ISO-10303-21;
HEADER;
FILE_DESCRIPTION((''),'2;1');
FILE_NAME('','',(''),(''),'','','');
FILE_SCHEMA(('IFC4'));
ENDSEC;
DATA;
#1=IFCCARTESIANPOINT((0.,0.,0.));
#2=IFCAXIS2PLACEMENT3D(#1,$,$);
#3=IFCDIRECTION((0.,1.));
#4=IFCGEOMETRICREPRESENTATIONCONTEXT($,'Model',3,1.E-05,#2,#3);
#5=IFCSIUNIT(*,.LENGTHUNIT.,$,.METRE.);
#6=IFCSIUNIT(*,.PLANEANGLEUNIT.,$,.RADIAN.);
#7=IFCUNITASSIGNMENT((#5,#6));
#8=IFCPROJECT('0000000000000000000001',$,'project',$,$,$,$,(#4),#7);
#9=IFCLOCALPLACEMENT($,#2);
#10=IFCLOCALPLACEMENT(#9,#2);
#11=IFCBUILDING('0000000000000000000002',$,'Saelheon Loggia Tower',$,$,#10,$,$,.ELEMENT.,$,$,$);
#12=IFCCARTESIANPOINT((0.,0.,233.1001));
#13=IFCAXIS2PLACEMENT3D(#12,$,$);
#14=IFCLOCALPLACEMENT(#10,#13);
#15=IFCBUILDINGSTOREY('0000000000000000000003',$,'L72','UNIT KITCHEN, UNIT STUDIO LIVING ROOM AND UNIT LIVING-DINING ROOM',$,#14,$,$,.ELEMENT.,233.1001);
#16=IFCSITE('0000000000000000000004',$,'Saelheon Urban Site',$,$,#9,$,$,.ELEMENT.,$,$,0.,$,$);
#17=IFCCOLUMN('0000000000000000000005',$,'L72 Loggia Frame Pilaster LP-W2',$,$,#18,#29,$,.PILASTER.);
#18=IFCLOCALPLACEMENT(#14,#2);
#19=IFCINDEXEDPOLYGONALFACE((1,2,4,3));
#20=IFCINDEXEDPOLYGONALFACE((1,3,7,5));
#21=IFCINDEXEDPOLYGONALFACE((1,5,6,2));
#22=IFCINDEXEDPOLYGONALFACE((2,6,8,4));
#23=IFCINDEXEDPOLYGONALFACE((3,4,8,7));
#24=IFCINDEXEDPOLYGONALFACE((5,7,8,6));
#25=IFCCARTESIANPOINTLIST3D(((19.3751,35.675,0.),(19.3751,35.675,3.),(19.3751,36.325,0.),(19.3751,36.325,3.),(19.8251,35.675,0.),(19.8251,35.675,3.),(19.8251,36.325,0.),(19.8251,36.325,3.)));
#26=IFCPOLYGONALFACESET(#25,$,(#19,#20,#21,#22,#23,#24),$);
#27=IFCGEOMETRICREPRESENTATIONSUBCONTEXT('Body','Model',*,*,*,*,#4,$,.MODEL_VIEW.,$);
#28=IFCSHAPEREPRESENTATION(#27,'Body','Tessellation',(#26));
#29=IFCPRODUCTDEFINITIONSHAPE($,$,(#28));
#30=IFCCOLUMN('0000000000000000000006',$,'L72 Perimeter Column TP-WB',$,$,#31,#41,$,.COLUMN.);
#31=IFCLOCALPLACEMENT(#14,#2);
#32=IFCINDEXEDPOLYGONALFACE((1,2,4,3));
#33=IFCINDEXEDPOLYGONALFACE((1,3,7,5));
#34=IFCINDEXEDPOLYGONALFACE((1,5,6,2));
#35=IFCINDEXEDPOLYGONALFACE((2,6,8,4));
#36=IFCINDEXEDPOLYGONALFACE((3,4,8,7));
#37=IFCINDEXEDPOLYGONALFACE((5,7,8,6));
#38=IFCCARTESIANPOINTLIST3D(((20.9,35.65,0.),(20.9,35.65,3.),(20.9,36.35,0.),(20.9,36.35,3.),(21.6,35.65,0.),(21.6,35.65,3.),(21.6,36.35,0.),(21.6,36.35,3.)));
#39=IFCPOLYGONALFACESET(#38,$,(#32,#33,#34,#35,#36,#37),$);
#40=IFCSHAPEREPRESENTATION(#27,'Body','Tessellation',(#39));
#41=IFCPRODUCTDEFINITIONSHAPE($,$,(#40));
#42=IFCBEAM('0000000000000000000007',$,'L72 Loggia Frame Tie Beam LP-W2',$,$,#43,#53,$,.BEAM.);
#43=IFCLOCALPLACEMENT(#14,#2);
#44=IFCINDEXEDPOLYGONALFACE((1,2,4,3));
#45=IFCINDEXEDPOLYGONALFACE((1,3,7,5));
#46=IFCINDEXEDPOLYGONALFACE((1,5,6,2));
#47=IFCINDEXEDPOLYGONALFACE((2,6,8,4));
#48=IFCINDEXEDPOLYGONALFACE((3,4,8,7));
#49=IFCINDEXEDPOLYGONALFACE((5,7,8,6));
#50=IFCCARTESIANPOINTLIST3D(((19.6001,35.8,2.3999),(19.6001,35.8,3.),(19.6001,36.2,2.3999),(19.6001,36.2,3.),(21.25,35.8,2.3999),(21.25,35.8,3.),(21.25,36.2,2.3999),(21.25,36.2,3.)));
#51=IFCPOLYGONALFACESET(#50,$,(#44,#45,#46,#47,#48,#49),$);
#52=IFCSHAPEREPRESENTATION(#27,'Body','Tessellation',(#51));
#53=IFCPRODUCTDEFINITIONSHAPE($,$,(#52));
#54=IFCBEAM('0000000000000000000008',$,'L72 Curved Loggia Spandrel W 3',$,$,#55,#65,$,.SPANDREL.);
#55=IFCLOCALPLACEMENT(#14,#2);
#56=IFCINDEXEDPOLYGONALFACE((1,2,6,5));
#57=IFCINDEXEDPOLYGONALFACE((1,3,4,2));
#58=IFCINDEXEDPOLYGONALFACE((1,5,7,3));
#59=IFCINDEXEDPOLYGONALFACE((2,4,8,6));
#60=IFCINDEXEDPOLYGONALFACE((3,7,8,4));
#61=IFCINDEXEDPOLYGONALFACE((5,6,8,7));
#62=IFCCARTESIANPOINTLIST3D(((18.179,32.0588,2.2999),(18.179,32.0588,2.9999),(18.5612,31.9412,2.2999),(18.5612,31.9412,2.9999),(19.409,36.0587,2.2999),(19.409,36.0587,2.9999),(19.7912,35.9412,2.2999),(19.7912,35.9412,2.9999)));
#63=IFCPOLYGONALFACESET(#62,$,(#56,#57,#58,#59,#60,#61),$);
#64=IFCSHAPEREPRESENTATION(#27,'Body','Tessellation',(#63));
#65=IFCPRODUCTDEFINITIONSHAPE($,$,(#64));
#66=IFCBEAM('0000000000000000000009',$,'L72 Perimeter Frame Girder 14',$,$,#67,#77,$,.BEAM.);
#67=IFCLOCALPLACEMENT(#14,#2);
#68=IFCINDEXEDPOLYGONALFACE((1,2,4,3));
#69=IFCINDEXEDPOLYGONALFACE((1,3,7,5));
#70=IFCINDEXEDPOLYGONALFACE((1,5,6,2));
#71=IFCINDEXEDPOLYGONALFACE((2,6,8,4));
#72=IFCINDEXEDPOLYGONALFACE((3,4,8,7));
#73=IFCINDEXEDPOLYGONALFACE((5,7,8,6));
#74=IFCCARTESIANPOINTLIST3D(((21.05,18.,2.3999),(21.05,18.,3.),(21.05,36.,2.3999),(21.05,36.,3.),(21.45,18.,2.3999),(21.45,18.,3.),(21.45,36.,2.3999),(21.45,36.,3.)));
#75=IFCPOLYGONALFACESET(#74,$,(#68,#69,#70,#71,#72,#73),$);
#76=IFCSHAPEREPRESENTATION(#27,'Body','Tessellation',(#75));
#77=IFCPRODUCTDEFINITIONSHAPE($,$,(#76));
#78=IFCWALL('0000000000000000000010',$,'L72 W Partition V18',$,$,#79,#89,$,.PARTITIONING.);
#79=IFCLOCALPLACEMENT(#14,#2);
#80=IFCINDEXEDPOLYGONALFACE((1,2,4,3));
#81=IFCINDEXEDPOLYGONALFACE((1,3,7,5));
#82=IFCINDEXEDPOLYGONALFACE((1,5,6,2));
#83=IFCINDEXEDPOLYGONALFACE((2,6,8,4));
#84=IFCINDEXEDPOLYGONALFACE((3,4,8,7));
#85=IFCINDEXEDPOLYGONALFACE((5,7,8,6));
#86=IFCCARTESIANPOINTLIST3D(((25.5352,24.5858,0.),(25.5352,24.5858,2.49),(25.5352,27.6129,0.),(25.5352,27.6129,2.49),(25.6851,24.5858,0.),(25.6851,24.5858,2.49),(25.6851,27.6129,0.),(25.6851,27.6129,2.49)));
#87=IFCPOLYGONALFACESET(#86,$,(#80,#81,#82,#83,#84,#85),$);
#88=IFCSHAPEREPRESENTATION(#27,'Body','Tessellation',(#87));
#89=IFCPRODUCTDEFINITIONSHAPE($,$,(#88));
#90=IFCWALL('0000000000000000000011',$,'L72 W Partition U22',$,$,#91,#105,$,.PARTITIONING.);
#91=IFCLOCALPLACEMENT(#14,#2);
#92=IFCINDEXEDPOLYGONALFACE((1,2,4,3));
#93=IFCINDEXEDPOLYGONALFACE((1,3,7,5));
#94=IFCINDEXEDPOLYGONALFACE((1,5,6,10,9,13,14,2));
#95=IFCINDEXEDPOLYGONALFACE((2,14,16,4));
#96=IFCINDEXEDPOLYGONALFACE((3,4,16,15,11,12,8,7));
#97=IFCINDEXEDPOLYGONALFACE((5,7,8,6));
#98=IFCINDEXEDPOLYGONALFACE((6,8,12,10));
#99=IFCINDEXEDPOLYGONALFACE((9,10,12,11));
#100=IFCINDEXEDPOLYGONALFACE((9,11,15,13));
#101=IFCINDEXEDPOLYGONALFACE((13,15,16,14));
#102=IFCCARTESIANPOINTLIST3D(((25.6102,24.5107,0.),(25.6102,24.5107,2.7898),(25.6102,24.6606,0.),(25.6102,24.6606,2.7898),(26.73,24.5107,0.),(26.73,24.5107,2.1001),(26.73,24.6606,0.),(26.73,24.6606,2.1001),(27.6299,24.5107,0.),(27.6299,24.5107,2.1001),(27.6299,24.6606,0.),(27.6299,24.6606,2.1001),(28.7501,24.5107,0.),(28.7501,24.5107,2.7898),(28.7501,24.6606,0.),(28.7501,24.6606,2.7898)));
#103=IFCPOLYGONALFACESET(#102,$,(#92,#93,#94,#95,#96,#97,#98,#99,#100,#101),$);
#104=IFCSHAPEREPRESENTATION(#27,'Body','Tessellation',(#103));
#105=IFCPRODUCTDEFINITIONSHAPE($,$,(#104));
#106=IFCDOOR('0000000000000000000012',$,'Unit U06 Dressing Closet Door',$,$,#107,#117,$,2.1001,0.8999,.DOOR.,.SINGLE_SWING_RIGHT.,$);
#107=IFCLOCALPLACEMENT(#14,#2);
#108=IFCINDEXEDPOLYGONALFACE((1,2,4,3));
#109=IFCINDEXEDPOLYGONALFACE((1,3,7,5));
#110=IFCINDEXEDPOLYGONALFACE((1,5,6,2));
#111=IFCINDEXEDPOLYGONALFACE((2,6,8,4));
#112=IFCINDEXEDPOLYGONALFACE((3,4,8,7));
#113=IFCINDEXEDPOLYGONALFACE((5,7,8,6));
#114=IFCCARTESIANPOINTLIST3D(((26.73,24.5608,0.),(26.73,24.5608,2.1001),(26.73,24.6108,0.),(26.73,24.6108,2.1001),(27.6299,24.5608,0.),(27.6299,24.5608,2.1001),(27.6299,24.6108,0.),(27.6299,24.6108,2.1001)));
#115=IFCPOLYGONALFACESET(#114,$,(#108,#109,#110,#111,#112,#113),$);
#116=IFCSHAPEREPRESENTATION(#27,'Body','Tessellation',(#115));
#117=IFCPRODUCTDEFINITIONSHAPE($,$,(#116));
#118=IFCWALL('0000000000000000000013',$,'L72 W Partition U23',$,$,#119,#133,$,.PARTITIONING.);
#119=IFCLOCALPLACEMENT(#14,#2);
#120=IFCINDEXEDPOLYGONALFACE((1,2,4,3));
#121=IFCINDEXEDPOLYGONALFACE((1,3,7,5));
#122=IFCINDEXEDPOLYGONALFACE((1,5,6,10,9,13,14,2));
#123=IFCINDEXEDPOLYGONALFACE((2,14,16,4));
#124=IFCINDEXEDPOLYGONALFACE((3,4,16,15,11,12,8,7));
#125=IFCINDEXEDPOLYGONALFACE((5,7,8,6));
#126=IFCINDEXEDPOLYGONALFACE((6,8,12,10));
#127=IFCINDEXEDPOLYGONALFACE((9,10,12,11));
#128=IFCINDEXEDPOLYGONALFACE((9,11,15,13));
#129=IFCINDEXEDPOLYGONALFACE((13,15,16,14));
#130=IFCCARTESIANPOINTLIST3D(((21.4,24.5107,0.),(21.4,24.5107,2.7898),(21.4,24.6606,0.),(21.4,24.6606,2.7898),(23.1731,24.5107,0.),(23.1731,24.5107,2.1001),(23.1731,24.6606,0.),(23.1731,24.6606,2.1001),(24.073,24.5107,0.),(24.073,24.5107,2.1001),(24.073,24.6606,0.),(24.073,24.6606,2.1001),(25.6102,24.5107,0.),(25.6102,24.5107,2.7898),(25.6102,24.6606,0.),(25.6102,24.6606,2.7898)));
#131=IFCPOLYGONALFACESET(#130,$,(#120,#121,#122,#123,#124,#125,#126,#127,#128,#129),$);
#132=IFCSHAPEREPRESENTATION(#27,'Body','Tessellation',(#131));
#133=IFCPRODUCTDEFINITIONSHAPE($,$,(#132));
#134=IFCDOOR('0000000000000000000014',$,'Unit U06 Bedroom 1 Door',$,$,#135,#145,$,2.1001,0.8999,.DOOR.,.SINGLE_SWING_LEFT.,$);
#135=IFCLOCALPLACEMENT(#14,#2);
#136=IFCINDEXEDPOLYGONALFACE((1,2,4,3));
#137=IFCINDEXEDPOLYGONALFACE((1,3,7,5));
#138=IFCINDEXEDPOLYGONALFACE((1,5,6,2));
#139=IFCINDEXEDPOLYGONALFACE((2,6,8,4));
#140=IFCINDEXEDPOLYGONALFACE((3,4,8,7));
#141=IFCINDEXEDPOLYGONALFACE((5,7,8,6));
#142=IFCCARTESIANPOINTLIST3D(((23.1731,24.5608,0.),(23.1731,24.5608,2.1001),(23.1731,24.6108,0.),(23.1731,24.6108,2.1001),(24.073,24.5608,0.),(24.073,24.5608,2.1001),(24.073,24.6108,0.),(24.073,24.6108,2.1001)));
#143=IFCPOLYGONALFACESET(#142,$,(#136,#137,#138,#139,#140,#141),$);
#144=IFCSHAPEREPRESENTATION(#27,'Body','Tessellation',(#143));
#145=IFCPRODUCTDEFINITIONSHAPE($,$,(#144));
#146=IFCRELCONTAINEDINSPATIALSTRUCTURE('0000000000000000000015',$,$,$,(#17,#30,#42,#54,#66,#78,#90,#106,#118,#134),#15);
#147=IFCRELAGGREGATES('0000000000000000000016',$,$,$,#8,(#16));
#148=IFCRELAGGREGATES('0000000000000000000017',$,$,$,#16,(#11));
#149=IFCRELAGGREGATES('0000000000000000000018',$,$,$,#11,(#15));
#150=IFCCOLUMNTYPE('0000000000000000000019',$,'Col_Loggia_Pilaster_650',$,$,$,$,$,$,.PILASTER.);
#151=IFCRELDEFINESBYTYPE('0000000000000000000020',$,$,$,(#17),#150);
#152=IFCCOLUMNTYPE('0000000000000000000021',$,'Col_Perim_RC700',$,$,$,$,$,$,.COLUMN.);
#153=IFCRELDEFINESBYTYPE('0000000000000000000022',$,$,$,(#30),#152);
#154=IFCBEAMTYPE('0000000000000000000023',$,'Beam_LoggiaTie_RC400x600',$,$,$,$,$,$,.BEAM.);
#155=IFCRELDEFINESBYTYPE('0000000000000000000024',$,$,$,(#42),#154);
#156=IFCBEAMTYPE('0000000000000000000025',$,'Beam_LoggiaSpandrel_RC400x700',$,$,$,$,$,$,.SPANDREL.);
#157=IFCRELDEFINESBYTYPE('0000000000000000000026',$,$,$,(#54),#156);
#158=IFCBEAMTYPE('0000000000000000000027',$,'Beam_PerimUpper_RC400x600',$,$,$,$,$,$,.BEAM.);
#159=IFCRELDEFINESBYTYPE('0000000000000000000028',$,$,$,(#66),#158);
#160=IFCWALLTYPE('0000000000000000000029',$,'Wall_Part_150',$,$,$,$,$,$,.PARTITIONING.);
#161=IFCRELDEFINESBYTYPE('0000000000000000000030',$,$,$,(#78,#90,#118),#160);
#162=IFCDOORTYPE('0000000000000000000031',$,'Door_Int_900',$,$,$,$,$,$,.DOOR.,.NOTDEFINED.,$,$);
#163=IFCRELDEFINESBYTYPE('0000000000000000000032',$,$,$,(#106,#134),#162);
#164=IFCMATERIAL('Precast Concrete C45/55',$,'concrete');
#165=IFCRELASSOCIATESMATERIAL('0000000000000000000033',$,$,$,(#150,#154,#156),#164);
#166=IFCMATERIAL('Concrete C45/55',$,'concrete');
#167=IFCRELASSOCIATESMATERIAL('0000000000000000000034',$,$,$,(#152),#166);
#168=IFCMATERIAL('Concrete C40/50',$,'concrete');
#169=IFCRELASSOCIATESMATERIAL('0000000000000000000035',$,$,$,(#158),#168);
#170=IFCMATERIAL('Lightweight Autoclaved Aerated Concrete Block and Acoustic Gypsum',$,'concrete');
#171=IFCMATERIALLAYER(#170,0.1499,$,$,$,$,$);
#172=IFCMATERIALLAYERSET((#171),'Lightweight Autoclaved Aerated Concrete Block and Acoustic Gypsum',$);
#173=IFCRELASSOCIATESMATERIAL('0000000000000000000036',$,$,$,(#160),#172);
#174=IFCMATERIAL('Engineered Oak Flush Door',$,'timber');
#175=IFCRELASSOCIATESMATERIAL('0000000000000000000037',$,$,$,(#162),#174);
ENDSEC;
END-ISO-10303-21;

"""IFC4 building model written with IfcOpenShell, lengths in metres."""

from ifc_helpers import new_model, si_unit, direction, frame, frame_2d, origin, origin_2d, place, context, subcontext, project, spatial, rectangle, extrude, source, transform, mapped, material, layer, layer_set, material_profile, profile_set, type_object, element, fill, save


model = new_model("IFC4")

# Units and contexts
model_context = context("Model", 3, precision=1e-05, world=origin(), true_north=direction((0.0, 1.0)))
body_context = subcontext(model_context, "Body", "Model", "MODEL_VIEW")
ifc_project = project(units=[si_unit("LENGTHUNIT", "METRE"), si_unit("PLANEANGLEUNIT", "RADIAN")], contexts=[model_context])

# Site, building, storey
site_placement = place(None, origin())
site = spatial("IfcSite", under=ifc_project, at=site_placement, Name="Saelheon Urban Site", CompositionType="ELEMENT", RefElevation=0.0)
building_placement = place(site_placement, origin())
building = spatial("IfcBuilding", under=site, at=building_placement, Name="Saelheon Loggia Tower", CompositionType="ELEMENT")
storey_placement = place(building_placement, frame((0.0, 0.0, 233.1001)))
storey = spatial("IfcBuildingStorey", under=building, at=storey_placement, Name="L72", Description="UNIT KITCHEN, UNIT STUDIO LIVING ROOM AND UNIT LIVING-DINING ROOM", CompositionType="ELEMENT", Elevation=233.1001)

# Columns
ifc_material_1 = material(Name="Precast Concrete C45/55", Category="concrete")
ifc_material_profile_1 = material_profile(ifc_material_1, rectangle(XDim=0.45, YDim=0.6499, at=origin_2d()), Name="RC-450x650")
ifc_profile_set_1 = profile_set([ifc_material_profile_1], Name="Precast Concrete C45/55")
column_type_1 = type_object("IfcColumnType", Name="Col_Loggia_Pilaster_650", PredefinedType="PILASTER", material=ifc_profile_set_1)
shared_shape_1 = source(origin(), body_context, "Body", "SweptSolid", [
    extrude(rectangle(XDim=0.45, YDim=0.6499, at=origin_2d()), origin(), (0.0, 0.0, 1.0), 3.0),
])
column_1_placement = place(storey_placement, frame((19.6001, 36.0, 0.0), z_axis=(0.0, 0.0, 1.0), x_axis=(1.0, 0.0, 0.0)))
element("IfcColumn", 1, at=column_1_placement, inside=storey, type_object=column_type_1, Name="L72 Loggia Frame Pilaster LP-W2", PredefinedType="PILASTER", context=body_context, shape_type="MappedRepresentation", body=[
    mapped(shared_shape_1, transform((0.0, 0.0, 0.0), scale=1.0)),
])
ifc_material_2 = material(Name="Concrete C45/55", Category="concrete")
ifc_material_profile_2 = material_profile(ifc_material_2, rectangle(XDim=0.7, YDim=0.7, at=origin_2d()), Name="RC-700x700")
ifc_profile_set_2 = profile_set([ifc_material_profile_2], Name="Concrete C45/55")
column_type_2 = type_object("IfcColumnType", Name="Col_Perim_RC700", PredefinedType="COLUMN", material=ifc_profile_set_2)
shared_shape_2 = source(origin(), body_context, "Body", "SweptSolid", [
    extrude(rectangle(XDim=0.7, YDim=0.7, at=origin_2d()), origin(), (0.0, 0.0, 1.0), 3.0),
])
column_2_placement = place(storey_placement, frame((21.25, 36.0, 0.0), z_axis=(0.0, 0.0, 1.0), x_axis=(1.0, 0.0, 0.0)))
element("IfcColumn", 2, at=column_2_placement, inside=storey, type_object=column_type_2, Name="L72 Perimeter Column TP-WB", PredefinedType="COLUMN", context=body_context, shape_type="MappedRepresentation", body=[
    mapped(shared_shape_2, transform((0.0, 0.0, 0.0), scale=1.0)),
])

# Beams
ifc_material_profile_3 = material_profile(ifc_material_1, rectangle(XDim=0.3999, YDim=0.6001, at=origin_2d()), Name="RC-400x600")
ifc_profile_set_3 = profile_set([ifc_material_profile_3], Name="Precast Concrete C45/55")
beam_type_1 = type_object("IfcBeamType", Name="Beam_LoggiaTie_RC400x600", PredefinedType="BEAM", material=ifc_profile_set_3)
shared_shape_3 = source(origin(), body_context, "Body", "SweptSolid", [
    extrude(rectangle(XDim=0.3999, YDim=0.6001, at=origin_2d()), origin(), (0.0, 0.0, 1.0), 1.6499),
])
beam_1_placement = place(storey_placement, frame((21.25, 36.0, 2.7), z_axis=(-1.0, 0.0, 0.0), x_axis=(0.0, -1.0, 0.0)))
element("IfcBeam", 3, at=beam_1_placement, inside=storey, type_object=beam_type_1, Name="L72 Loggia Frame Tie Beam LP-W2", PredefinedType="BEAM", context=body_context, shape_type="MappedRepresentation", body=[
    mapped(shared_shape_3, transform((0.0, 0.0, 0.0), scale=1.0)),
])
ifc_material_profile_4 = material_profile(ifc_material_1, rectangle(XDim=0.3999, YDim=0.7, at=origin_2d()), Name="RC-400x700")
ifc_profile_set_4 = profile_set([ifc_material_profile_4], Name="Precast Concrete C45/55")
beam_type_2 = type_object("IfcBeamType", Name="Beam_LoggiaSpandrel_RC400x700", PredefinedType="SPANDREL", material=ifc_profile_set_4)
shared_shape_4 = source(origin(), body_context, "Body", "SweptSolid", [
    extrude(rectangle(XDim=0.3999, YDim=0.7, at=origin_2d()), origin(), (0.0, 0.0, 1.0), 4.1848),
])
beam_2_placement = place(storey_placement, frame((18.3701, 32.0, 2.6499), z_axis=(0.293914, 0.955832, 0.0), x_axis=(-0.955832, 0.293914, 0.0)))
element("IfcBeam", 4, at=beam_2_placement, inside=storey, type_object=beam_type_2, Name="L72 Curved Loggia Spandrel W 3", PredefinedType="SPANDREL", context=body_context, shape_type="MappedRepresentation", body=[
    mapped(shared_shape_4, transform((0.0, 0.0, 0.0), scale=1.0)),
])
ifc_material_3 = material(Name="Concrete C40/50", Category="concrete")
ifc_material_profile_5 = material_profile(ifc_material_3, rectangle(XDim=0.3999, YDim=0.6001, at=origin_2d()), Name="RC-400x600")
ifc_profile_set_5 = profile_set([ifc_material_profile_5], Name="Concrete C40/50")
beam_type_3 = type_object("IfcBeamType", Name="Beam_PerimUpper_RC400x600", PredefinedType="BEAM", material=ifc_profile_set_5)
shared_shape_5 = source(origin(), body_context, "Body", "SweptSolid", [
    extrude(rectangle(XDim=0.3999, YDim=0.6001, at=origin_2d()), origin(), (0.0, 0.0, 1.0), 18.0),
])
beam_3_placement = place(storey_placement, frame((21.25, 36.0, 2.7), z_axis=(0.0, -1.0, 0.0), x_axis=(1.0, 0.0, 0.0)))
element("IfcBeam", 5, at=beam_3_placement, inside=storey, type_object=beam_type_3, Name="L72 Perimeter Frame Girder 14", PredefinedType="BEAM", context=body_context, shape_type="MappedRepresentation", body=[
    mapped(shared_shape_5, transform((0.0, 0.0, 0.0), scale=1.0)),
])

# Wall
ifc_material_4 = material(Name="Lightweight Autoclaved Aerated Concrete Block and Acoustic Gypsum", Category="concrete")
ifc_layer_1 = layer(ifc_material_4, 0.1499)
ifc_layer_set_1 = layer_set([ifc_layer_1], Name="Lightweight Autoclaved Aerated Concrete Block and Acoustic Gypsum")
wall_type_1 = type_object("IfcWallType", Name="Wall_Part_150", PredefinedType="PARTITIONING", material=ifc_layer_set_1)
wall_1_placement = place(storey_placement, frame((25.6101, 24.5857, 0.0), z_axis=(0.0, 0.0, 1.0), x_axis=(0.0, 1.0, 0.0)))
element("IfcWall", 6, at=wall_1_placement, inside=storey, type_object=wall_type_1, Name="L72 W Partition V18", PredefinedType="PARTITIONING", context=body_context, shape_type="SweptSolid", body=[
    extrude(rectangle(XDim=3.0271, YDim=0.1499, at=frame_2d((1.5137, 0.0))), origin(), (0.0, 0.0, 1.0), 2.49),
])

# Walls, openings, doors
wall_2_placement = place(storey_placement, frame((28.75, 24.5857, 0.0), z_axis=(0.0, 0.0, 1.0), x_axis=(-1.0, 0.0, 0.0)))
wall_2 = element("IfcWall", 7, at=wall_2_placement, inside=storey, type_object=wall_type_1, Name="L72 W Partition U22", PredefinedType="PARTITIONING", context=body_context, shape_type="SweptSolid", body=[
    extrude(rectangle(XDim=3.1399, YDim=0.1499, at=frame_2d((1.5698, 0.0))), origin(), (0.0, 0.0, 1.0), 2.7898),
])
opening_1_placement = place(wall_2_placement, frame((1.1201, 0.0, 0.0)))
opening_1 = element("IfcOpeningElement", 8, at=opening_1_placement, cuts=wall_2, PredefinedType="OPENING", context=body_context, shape_type="SweptSolid", body=[
    extrude(rectangle(XDim=0.8999, YDim=2.1001, at=frame_2d((0.45, 1.05))), frame((0.0, 0.0869, 0.0), z_axis=(0.0, -1.0, 0.0), x_axis=(1.0, 0.0, 0.0)), (0.0, 0.0, 1.0), 0.1738),
])
ifc_material_5 = material(Name="Engineered Oak Flush Door", Category="timber")
door_type_1 = type_object("IfcDoorType", Name="Door_Int_900", OperationType="NOTDEFINED", PredefinedType="DOOR", material=ifc_material_5)
shared_shape_6 = source(origin(), body_context, "Body", "SweptSolid", [
    extrude(rectangle(XDim=0.8999, YDim=2.1001, at=frame_2d((0.45, 1.05))), frame((0.0, 0.0249, 0.0), z_axis=(0.0, -1.0, 0.0), x_axis=(1.0, 0.0, 0.0)), (0.0, 0.0, 1.0), 0.05),
])
door_1_placement = place(opening_1_placement, origin())
door_1 = element("IfcDoor", 9, at=door_1_placement, inside=storey, type_object=door_type_1, Name="Unit U06 Dressing Closet Door", OperationType="SINGLE_SWING_RIGHT", OverallHeight=2.1001, OverallWidth=0.8999, PredefinedType="DOOR", context=body_context, shape_type="MappedRepresentation", body=[
    mapped(shared_shape_6, transform((0.0, 0.0, 0.0), scale=1.0)),
])
fill(opening_1, door_1)
wall_3_placement = place(storey_placement, frame((25.6101, 24.5857, 0.0), z_axis=(0.0, 0.0, 1.0), x_axis=(-1.0, 0.0, 0.0)))
wall_3 = element("IfcWall", 10, at=wall_3_placement, inside=storey, type_object=wall_type_1, Name="L72 W Partition U23", PredefinedType="PARTITIONING", context=body_context, shape_type="SweptSolid", body=[
    extrude(rectangle(XDim=4.2102, YDim=0.1499, at=frame_2d((2.105, 0.0))), origin(), (0.0, 0.0, 1.0), 2.7898),
])
opening_2_placement = place(wall_3_placement, frame((1.5371, 0.0, 0.0)))
opening_2 = element("IfcOpeningElement", 11, at=opening_2_placement, cuts=wall_3, PredefinedType="OPENING", context=body_context, shape_type="SweptSolid", body=[
    extrude(rectangle(XDim=0.8999, YDim=2.1001, at=frame_2d((0.45, 1.05))), frame((0.0, 0.0869, 0.0), z_axis=(0.0, -1.0, 0.0), x_axis=(1.0, 0.0, 0.0)), (0.0, 0.0, 1.0), 0.1738),
])
door_2_placement = place(opening_2_placement, origin())
door_2 = element("IfcDoor", 12, at=door_2_placement, inside=storey, type_object=door_type_1, Name="Unit U06 Bedroom 1 Door", OperationType="SINGLE_SWING_LEFT", OverallHeight=2.1001, OverallWidth=0.8999, PredefinedType="DOOR", context=body_context, shape_type="MappedRepresentation", body=[
    mapped(shared_shape_6, transform((0.0, 0.0, 0.0), scale=1.0)),
])
fill(opening_2, door_2)

save(model, "model.ifc")
